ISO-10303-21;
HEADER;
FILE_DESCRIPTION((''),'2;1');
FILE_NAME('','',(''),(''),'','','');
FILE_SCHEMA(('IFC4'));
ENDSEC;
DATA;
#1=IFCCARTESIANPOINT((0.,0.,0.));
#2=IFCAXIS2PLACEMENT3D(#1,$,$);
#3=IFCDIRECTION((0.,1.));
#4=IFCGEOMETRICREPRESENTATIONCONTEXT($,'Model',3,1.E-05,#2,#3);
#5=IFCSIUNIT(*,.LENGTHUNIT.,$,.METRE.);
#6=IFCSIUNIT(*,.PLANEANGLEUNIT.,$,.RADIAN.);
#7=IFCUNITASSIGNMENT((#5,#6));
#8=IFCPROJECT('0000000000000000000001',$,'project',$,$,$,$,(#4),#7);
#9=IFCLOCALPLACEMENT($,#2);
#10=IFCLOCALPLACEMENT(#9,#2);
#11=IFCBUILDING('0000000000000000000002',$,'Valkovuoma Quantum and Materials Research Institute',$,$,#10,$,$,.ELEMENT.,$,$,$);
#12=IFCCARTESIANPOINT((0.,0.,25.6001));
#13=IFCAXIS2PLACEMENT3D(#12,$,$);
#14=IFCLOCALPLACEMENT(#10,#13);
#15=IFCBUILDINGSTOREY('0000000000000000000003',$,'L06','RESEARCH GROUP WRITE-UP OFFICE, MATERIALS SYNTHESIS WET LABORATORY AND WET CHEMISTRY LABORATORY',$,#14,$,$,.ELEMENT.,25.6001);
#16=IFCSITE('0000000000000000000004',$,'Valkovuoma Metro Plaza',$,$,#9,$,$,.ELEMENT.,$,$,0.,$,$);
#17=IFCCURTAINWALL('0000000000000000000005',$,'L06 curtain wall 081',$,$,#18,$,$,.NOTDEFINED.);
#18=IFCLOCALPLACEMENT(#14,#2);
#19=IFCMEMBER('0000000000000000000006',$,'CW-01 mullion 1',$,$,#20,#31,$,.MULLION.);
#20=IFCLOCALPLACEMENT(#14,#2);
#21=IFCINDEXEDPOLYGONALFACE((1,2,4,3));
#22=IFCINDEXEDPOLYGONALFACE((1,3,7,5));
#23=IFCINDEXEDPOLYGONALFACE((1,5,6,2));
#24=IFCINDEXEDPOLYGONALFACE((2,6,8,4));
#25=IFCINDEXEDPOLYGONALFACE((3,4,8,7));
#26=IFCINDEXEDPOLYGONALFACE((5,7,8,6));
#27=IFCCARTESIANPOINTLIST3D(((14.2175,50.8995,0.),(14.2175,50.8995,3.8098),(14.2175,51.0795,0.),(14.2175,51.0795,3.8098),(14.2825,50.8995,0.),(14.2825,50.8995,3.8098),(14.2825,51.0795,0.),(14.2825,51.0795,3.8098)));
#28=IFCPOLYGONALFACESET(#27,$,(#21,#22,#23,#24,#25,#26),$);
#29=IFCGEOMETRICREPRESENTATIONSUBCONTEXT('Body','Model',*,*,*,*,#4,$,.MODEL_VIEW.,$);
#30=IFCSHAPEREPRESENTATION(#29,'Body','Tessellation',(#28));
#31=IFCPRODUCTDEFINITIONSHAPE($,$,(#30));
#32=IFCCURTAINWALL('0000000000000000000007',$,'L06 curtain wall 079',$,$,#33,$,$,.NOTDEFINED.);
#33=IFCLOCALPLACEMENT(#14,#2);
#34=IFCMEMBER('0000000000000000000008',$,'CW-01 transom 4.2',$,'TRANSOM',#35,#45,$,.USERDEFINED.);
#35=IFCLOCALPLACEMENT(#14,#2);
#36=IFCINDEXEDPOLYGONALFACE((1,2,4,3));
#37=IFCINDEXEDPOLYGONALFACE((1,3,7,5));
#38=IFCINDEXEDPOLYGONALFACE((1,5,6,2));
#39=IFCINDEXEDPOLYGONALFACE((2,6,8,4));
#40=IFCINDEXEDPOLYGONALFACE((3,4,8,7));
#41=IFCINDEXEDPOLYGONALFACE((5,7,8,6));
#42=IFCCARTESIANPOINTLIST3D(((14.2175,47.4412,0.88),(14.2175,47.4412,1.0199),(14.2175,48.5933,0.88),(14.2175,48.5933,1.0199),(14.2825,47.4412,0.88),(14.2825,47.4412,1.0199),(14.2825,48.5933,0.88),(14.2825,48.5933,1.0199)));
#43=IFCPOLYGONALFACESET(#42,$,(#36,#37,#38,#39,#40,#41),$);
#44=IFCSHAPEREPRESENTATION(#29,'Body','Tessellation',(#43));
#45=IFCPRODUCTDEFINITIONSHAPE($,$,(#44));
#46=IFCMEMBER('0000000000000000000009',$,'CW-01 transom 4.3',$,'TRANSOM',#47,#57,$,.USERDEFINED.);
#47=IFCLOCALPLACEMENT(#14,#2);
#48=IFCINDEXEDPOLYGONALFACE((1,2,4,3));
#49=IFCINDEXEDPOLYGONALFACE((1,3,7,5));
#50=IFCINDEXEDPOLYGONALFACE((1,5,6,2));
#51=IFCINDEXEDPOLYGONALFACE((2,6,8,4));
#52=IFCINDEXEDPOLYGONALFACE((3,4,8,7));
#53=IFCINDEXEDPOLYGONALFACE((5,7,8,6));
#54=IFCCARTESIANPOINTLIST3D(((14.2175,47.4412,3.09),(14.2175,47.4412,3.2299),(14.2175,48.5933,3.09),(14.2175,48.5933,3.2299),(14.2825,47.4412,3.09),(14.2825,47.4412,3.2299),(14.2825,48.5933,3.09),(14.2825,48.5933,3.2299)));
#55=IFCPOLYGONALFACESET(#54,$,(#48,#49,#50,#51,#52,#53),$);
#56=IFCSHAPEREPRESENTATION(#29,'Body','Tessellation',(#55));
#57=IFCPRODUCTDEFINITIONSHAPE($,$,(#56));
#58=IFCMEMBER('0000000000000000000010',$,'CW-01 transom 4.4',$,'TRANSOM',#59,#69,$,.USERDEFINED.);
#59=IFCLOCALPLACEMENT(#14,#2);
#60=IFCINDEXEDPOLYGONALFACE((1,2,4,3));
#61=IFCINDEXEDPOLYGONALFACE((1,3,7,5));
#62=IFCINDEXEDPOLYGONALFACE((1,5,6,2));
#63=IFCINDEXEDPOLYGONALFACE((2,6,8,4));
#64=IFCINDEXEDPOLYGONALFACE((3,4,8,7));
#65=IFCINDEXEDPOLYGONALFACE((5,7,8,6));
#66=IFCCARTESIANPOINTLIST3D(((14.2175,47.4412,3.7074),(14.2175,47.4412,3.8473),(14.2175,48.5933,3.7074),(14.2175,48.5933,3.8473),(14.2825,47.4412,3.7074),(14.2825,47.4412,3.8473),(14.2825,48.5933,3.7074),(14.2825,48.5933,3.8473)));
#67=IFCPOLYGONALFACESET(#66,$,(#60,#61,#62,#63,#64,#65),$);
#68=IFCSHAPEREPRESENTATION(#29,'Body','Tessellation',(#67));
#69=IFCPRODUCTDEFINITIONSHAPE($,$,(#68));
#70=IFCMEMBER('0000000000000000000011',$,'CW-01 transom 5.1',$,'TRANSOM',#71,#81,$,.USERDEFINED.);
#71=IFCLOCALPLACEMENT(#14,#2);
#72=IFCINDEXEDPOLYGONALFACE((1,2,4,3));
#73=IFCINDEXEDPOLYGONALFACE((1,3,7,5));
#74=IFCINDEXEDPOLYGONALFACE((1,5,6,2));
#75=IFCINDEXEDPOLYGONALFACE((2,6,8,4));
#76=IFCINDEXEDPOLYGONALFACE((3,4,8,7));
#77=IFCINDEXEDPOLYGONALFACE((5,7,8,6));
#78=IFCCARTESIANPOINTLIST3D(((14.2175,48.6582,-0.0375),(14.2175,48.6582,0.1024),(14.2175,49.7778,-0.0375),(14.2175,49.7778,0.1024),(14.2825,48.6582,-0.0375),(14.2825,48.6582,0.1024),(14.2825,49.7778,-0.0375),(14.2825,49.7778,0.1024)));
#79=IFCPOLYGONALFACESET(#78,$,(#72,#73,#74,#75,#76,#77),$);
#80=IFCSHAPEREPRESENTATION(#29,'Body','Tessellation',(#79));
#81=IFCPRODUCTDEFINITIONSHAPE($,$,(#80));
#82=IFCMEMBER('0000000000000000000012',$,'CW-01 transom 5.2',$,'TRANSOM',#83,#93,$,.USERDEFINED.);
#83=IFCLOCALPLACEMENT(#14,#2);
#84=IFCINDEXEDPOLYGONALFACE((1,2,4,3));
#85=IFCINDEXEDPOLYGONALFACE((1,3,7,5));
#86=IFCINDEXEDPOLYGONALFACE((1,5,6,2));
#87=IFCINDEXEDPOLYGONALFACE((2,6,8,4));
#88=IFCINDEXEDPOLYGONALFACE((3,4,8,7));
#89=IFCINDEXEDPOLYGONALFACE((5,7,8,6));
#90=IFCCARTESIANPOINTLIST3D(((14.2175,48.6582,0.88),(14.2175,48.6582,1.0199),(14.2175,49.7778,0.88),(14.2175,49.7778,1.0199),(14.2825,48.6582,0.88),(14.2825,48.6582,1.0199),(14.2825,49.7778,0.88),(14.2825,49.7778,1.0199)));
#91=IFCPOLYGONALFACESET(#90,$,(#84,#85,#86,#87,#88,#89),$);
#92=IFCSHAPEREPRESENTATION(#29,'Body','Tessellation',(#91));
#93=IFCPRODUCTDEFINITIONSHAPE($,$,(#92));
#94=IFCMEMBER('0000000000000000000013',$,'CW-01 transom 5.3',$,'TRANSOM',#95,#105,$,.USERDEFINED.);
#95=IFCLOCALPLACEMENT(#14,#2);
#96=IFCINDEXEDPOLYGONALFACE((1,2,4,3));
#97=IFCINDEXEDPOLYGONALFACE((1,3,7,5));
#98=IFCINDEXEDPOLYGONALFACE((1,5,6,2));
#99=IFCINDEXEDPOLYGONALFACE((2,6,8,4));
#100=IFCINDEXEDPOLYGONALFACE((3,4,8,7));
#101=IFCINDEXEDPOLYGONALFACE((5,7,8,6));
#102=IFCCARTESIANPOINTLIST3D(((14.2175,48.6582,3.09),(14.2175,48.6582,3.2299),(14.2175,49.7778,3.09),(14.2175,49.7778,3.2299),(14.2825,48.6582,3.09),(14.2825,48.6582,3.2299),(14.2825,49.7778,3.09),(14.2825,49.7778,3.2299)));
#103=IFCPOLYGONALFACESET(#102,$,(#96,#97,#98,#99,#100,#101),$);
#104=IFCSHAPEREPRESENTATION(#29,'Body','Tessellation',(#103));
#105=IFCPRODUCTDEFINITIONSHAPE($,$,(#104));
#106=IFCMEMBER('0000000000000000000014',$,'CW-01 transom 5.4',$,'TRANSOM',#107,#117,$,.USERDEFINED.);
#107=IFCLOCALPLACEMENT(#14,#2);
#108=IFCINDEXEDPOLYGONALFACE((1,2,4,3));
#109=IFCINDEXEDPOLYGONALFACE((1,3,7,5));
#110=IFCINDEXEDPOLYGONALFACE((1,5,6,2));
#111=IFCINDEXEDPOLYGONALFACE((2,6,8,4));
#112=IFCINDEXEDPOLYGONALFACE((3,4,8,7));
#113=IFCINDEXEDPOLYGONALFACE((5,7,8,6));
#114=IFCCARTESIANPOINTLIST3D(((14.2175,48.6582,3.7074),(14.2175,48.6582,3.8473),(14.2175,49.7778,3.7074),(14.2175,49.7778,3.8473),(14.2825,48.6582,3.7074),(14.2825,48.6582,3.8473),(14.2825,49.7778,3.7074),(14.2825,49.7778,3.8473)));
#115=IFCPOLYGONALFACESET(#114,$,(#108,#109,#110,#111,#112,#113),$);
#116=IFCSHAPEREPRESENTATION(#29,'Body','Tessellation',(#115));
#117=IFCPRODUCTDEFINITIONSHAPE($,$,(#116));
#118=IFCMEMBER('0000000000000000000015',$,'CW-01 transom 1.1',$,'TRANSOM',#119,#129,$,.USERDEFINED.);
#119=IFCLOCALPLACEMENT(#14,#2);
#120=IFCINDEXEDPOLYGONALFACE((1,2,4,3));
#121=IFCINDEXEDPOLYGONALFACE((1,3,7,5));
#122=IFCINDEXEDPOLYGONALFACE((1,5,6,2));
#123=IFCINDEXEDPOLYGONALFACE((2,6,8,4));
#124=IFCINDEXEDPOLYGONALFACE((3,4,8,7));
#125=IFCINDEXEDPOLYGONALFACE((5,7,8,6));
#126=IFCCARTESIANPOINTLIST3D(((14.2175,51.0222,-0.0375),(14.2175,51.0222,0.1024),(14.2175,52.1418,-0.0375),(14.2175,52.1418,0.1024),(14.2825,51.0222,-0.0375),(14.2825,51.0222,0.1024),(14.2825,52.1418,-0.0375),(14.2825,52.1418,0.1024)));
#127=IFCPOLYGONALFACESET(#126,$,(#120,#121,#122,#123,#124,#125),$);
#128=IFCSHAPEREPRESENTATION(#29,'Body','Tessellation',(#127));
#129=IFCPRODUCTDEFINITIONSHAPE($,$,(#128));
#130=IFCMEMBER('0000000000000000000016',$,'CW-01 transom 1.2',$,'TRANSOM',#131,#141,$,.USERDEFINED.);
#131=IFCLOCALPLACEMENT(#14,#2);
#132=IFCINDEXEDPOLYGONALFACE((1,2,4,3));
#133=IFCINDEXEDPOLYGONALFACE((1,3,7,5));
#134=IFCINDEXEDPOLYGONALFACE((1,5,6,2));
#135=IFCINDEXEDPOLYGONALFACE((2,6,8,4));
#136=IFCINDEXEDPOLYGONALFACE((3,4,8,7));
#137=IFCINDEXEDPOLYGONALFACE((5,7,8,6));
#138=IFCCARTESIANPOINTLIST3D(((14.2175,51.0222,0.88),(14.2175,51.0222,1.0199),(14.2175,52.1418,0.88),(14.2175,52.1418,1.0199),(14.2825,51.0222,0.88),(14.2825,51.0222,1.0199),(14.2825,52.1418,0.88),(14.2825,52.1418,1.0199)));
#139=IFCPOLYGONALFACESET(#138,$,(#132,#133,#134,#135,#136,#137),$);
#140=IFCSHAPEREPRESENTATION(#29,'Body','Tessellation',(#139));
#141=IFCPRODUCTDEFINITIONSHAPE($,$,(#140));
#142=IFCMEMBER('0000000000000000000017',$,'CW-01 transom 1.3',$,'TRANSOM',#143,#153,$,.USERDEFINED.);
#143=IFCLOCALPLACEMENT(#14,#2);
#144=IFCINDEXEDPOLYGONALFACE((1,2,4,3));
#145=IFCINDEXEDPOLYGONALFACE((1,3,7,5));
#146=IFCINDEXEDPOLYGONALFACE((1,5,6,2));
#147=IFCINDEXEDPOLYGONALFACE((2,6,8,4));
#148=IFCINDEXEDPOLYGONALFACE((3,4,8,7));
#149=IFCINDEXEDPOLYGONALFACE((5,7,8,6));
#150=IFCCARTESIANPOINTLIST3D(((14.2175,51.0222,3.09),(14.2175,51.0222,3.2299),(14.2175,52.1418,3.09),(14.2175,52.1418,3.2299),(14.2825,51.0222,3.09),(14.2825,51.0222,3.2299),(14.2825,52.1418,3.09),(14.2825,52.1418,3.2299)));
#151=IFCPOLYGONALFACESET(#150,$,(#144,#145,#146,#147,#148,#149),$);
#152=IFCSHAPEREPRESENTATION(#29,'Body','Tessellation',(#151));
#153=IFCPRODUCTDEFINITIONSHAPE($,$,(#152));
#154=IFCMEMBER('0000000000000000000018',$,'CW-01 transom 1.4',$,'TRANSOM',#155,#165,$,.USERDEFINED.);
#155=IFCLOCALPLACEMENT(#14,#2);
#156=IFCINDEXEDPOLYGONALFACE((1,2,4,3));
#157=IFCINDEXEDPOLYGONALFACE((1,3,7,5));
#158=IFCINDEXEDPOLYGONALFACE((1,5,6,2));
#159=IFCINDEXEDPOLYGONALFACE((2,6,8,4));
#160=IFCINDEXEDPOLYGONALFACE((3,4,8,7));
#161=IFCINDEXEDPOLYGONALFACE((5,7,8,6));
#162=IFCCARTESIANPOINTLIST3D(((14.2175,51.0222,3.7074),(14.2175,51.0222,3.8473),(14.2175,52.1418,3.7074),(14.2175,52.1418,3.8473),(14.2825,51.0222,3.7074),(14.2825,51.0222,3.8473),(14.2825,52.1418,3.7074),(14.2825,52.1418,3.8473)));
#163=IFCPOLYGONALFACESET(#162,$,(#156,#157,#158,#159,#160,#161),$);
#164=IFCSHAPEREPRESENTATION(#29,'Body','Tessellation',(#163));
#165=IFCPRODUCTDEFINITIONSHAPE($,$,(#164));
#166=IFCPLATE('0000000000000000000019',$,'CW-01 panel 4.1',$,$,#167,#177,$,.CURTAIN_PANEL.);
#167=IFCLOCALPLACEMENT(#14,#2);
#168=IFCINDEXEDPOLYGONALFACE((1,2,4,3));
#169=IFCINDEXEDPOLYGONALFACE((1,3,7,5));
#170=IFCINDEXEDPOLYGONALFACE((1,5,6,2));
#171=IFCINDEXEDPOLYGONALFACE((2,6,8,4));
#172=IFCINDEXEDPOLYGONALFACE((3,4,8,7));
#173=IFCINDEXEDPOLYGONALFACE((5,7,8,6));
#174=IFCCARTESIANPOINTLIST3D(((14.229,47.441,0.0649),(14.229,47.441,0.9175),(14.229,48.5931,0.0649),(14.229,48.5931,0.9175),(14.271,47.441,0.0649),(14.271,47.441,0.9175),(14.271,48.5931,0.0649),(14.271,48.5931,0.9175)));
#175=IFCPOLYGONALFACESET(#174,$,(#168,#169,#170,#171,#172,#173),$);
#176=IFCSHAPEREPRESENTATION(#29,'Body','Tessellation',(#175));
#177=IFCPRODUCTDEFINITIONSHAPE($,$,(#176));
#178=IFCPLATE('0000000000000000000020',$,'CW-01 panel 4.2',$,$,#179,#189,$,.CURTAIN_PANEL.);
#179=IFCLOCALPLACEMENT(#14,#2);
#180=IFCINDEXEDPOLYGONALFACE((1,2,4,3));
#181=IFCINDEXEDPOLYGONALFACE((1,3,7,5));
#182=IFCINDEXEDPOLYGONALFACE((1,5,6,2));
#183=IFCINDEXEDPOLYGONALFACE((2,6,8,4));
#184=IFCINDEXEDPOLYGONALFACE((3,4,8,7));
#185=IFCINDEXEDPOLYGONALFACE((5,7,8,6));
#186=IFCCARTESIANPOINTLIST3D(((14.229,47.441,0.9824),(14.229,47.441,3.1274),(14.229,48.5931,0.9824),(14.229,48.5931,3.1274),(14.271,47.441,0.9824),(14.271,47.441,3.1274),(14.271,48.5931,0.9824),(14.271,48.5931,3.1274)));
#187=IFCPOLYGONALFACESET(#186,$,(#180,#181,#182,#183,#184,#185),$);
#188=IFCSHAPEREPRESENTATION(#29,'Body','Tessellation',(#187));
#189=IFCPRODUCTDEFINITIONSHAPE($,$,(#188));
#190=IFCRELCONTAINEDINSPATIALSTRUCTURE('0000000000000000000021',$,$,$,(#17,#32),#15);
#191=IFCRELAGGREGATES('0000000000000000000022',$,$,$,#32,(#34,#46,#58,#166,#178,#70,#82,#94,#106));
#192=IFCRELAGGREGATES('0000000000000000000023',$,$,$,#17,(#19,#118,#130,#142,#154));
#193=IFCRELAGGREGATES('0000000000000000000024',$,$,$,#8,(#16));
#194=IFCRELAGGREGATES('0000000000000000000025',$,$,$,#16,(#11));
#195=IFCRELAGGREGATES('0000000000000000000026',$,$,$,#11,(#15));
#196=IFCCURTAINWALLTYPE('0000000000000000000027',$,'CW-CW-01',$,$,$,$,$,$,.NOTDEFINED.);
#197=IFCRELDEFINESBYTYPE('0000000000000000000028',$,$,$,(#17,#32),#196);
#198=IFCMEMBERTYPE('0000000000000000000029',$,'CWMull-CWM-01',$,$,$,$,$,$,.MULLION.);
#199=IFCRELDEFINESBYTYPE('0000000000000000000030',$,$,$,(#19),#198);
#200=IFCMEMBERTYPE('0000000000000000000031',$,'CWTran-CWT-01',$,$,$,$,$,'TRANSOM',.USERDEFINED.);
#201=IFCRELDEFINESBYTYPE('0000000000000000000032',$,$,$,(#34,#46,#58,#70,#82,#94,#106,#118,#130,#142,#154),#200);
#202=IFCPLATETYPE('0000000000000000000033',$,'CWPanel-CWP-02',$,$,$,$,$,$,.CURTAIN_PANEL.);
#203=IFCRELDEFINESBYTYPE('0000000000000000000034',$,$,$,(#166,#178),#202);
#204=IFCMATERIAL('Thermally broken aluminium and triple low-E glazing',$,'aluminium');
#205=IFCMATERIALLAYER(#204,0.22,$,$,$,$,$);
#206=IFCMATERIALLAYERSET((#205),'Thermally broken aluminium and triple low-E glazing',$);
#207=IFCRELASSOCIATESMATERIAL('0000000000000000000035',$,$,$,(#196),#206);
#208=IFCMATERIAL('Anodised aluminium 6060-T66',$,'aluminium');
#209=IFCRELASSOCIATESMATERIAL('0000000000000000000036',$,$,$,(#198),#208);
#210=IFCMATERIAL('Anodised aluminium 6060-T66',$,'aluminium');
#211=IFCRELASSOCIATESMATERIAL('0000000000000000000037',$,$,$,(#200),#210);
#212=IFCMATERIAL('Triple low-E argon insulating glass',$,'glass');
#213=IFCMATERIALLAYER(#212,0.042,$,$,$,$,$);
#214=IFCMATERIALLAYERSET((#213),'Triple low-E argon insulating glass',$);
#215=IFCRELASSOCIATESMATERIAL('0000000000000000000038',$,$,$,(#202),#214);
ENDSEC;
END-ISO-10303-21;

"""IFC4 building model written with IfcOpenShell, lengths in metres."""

from ifc_helpers import new_model, si_unit, direction, frame, origin, origin_2d, place, context, subcontext, project, spatial, rectangle, extrude, material, layer, layer_set, material_profile, profile_set, type_object, element, aggregate, save


model = new_model("IFC4")

# Units and contexts
model_context = context("Model", 3, precision=1e-05, world=origin(), true_north=direction((0.0, 1.0)))
body_context = subcontext(model_context, "Body", "Model", "MODEL_VIEW")
ifc_project = project(units=[si_unit("LENGTHUNIT", "METRE"), si_unit("PLANEANGLEUNIT", "RADIAN")], contexts=[model_context])

# Site, building, storey
site_placement = place(None, origin())
site = spatial("IfcSite", under=ifc_project, at=site_placement, Name="Valkovuoma Metro Plaza", CompositionType="ELEMENT", RefElevation=0.0)
building_placement = place(site_placement, origin())
building = spatial("IfcBuilding", under=site, at=building_placement, Name="Valkovuoma Quantum and Materials Research Institute", CompositionType="ELEMENT")
storey_placement = place(building_placement, frame((0.0, 0.0, 25.6001)))
storey = spatial("IfcBuildingStorey", under=building, at=storey_placement, Name="L06", Description="RESEARCH GROUP WRITE-UP OFFICE, MATERIALS SYNTHESIS WET LABORATORY AND WET CHEMISTRY LABORATORY", CompositionType="ELEMENT", Elevation=25.6001)

# Curtain wall, member
ifc_material_1 = material(Name="Thermally broken aluminium and triple low-E glazing", Category="aluminium")
ifc_layer_1 = layer(ifc_material_1, 0.22)
ifc_layer_set_1 = layer_set([ifc_layer_1], Name="Thermally broken aluminium and triple low-E glazing")
curtain_wall_type = type_object("IfcCurtainWallType", Name="CW-CW-01", PredefinedType="NOTDEFINED", material=ifc_layer_set_1)
curtain_wall_1_placement = place(storey_placement, origin())
curtain_wall_1 = element("IfcCurtainWall", 1, at=curtain_wall_1_placement, inside=storey, type_object=curtain_wall_type, Name="L06 curtain wall 081", PredefinedType="NOTDEFINED")
ifc_material_2 = material(Name="Anodised aluminium 6060-T66", Category="aluminium")
ifc_material_profile_1 = material_profile(ifc_material_2, rectangle(XDim=0.0649, YDim=0.1799, at=origin_2d()), Name="Anodised aluminium 6060-T66")
ifc_profile_set_1 = profile_set([ifc_material_profile_1], Name="Anodised aluminium 6060-T66")
member_type_1 = type_object("IfcMemberType", Name="CWMull-CWM-01", PredefinedType="MULLION", material=ifc_profile_set_1)
member_1_placement = place(storey_placement, frame((14.25, 50.9895, 0.0), z_axis=(0.0, 0.0, 1.0), x_axis=(-1.0, 0.0, 0.0)))
member_1 = element("IfcMember", 2, at=member_1_placement, type_object=member_type_1, Name="CW-01 mullion 1", PredefinedType="MULLION", context=body_context, shape_type="SweptSolid", body=[
    extrude(rectangle(XDim=0.0649, YDim=0.1799, at=origin_2d()), origin(), (0.0, 0.0, 1.0), 3.8098),
])

# Curtain wall, members
curtain_wall_2_placement = place(storey_placement, origin())
curtain_wall_2 = element("IfcCurtainWall", 3, at=curtain_wall_2_placement, inside=storey, type_object=curtain_wall_type, Name="L06 curtain wall 079", PredefinedType="NOTDEFINED")
ifc_material_3 = material(Name="Anodised aluminium 6060-T66", Category="aluminium")
ifc_material_profile_2 = material_profile(ifc_material_3, rectangle(XDim=0.0649, YDim=0.1399, at=origin_2d()), Name="Anodised aluminium 6060-T66")
ifc_profile_set_2 = profile_set([ifc_material_profile_2], Name="Anodised aluminium 6060-T66")
member_type_2 = type_object("IfcMemberType", Name="CWTran-CWT-01", ElementType="TRANSOM", PredefinedType="USERDEFINED", material=ifc_profile_set_2)
member_2_placement = place(storey_placement, frame((14.25, 47.4412, 0.95), z_axis=(0.0, 1.0, 0.0), x_axis=(-1.0, 0.0, 0.0)))
member_2 = element("IfcMember", 4, at=member_2_placement, type_object=member_type_2, Name="CW-01 transom 4.2", ObjectType="TRANSOM", PredefinedType="USERDEFINED", context=body_context, shape_type="SweptSolid", body=[
    extrude(rectangle(XDim=0.0649, YDim=0.1399, at=origin_2d()), origin(), (0.0, 0.0, 1.0), 1.1521),
])
member_3_placement = place(storey_placement, frame((14.25, 47.4412, 3.1599), z_axis=(0.0, 1.0, 0.0), x_axis=(-1.0, 0.0, 0.0)))
member_3 = element("IfcMember", 5, at=member_3_placement, type_object=member_type_2, Name="CW-01 transom 4.3", ObjectType="TRANSOM", PredefinedType="USERDEFINED", context=body_context, shape_type="SweptSolid", body=[
    extrude(rectangle(XDim=0.0649, YDim=0.1399, at=origin_2d()), origin(), (0.0, 0.0, 1.0), 1.1521),
])
member_4_placement = place(storey_placement, frame((14.25, 47.4412, 3.7773), z_axis=(0.0, 1.0, 0.0), x_axis=(-1.0, 0.0, 0.0)))
member_4 = element("IfcMember", 6, at=member_4_placement, type_object=member_type_2, Name="CW-01 transom 4.4", ObjectType="TRANSOM", PredefinedType="USERDEFINED", context=body_context, shape_type="SweptSolid", body=[
    extrude(rectangle(XDim=0.0649, YDim=0.1399, at=origin_2d()), origin(), (0.0, 0.0, 1.0), 1.1521),
])
member_5_placement = place(storey_placement, frame((14.25, 48.6582, 0.0325), z_axis=(0.0, 1.0, 0.0), x_axis=(-1.0, 0.0, 0.0)))
member_5 = element("IfcMember", 7, at=member_5_placement, type_object=member_type_2, Name="CW-01 transom 5.1", ObjectType="TRANSOM", PredefinedType="USERDEFINED", context=body_context, shape_type="SweptSolid", body=[
    extrude(rectangle(XDim=0.0649, YDim=0.1399, at=origin_2d()), origin(), (0.0, 0.0, 1.0), 1.1196),
])
member_6_placement = place(storey_placement, frame((14.25, 48.6582, 0.95), z_axis=(0.0, 1.0, 0.0), x_axis=(-1.0, 0.0, 0.0)))
member_6 = element("IfcMember", 8, at=member_6_placement, type_object=member_type_2, Name="CW-01 transom 5.2", ObjectType="TRANSOM", PredefinedType="USERDEFINED", context=body_context, shape_type="SweptSolid", body=[
    extrude(rectangle(XDim=0.0649, YDim=0.1399, at=origin_2d()), origin(), (0.0, 0.0, 1.0), 1.1196),
])
member_7_placement = place(storey_placement, frame((14.25, 48.6582, 3.1599), z_axis=(0.0, 1.0, 0.0), x_axis=(-1.0, 0.0, 0.0)))
member_7 = element("IfcMember", 9, at=member_7_placement, type_object=member_type_2, Name="CW-01 transom 5.3", ObjectType="TRANSOM", PredefinedType="USERDEFINED", context=body_context, shape_type="SweptSolid", body=[
    extrude(rectangle(XDim=0.0649, YDim=0.1399, at=origin_2d()), origin(), (0.0, 0.0, 1.0), 1.1196),
])
member_8_placement = place(storey_placement, frame((14.25, 48.6582, 3.7773), z_axis=(0.0, 1.0, 0.0), x_axis=(-1.0, 0.0, 0.0)))
member_8 = element("IfcMember", 10, at=member_8_placement, type_object=member_type_2, Name="CW-01 transom 5.4", ObjectType="TRANSOM", PredefinedType="USERDEFINED", context=body_context, shape_type="SweptSolid", body=[
    extrude(rectangle(XDim=0.0649, YDim=0.1399, at=origin_2d()), origin(), (0.0, 0.0, 1.0), 1.1196),
])

# Members
member_9_placement = place(storey_placement, frame((14.25, 51.0222, 0.0325), z_axis=(0.0, 1.0, 0.0), x_axis=(-1.0, 0.0, 0.0)))
member_9 = element("IfcMember", 11, at=member_9_placement, type_object=member_type_2, Name="CW-01 transom 1.1", ObjectType="TRANSOM", PredefinedType="USERDEFINED", context=body_context, shape_type="SweptSolid", body=[
    extrude(rectangle(XDim=0.0649, YDim=0.1399, at=origin_2d()), origin(), (0.0, 0.0, 1.0), 1.1196),
])
member_10_placement = place(storey_placement, frame((14.25, 51.0222, 0.95), z_axis=(0.0, 1.0, 0.0), x_axis=(-1.0, 0.0, 0.0)))
member_10 = element("IfcMember", 12, at=member_10_placement, type_object=member_type_2, Name="CW-01 transom 1.2", ObjectType="TRANSOM", PredefinedType="USERDEFINED", context=body_context, shape_type="SweptSolid", body=[
    extrude(rectangle(XDim=0.0649, YDim=0.1399, at=origin_2d()), origin(), (0.0, 0.0, 1.0), 1.1196),
])
member_11_placement = place(storey_placement, frame((14.25, 51.0222, 3.1599), z_axis=(0.0, 1.0, 0.0), x_axis=(-1.0, 0.0, 0.0)))
member_11 = element("IfcMember", 13, at=member_11_placement, type_object=member_type_2, Name="CW-01 transom 1.3", ObjectType="TRANSOM", PredefinedType="USERDEFINED", context=body_context, shape_type="SweptSolid", body=[
    extrude(rectangle(XDim=0.0649, YDim=0.1399, at=origin_2d()), origin(), (0.0, 0.0, 1.0), 1.1196),
])
member_12_placement = place(storey_placement, frame((14.25, 51.0222, 3.7773), z_axis=(0.0, 1.0, 0.0), x_axis=(-1.0, 0.0, 0.0)))
member_12 = element("IfcMember", 14, at=member_12_placement, type_object=member_type_2, Name="CW-01 transom 1.4", ObjectType="TRANSOM", PredefinedType="USERDEFINED", context=body_context, shape_type="SweptSolid", body=[
    extrude(rectangle(XDim=0.0649, YDim=0.1399, at=origin_2d()), origin(), (0.0, 0.0, 1.0), 1.1196),
])

# Plates
ifc_material_4 = material(Name="Triple low-E argon insulating glass", Category="glass")
ifc_layer_2 = layer(ifc_material_4, 0.042)
ifc_layer_set_2 = layer_set([ifc_layer_2], Name="Triple low-E argon insulating glass")
plate_type = type_object("IfcPlateType", Name="CWPanel-CWP-02", PredefinedType="CURTAIN_PANEL", material=ifc_layer_set_2)
plate_1_placement = place(storey_placement, frame((14.25, 48.0171, 0.0649), z_axis=(0.0, 0.0, 1.0), x_axis=(0.0, 1.0, 0.0)))
plate_1 = element("IfcPlate", 15, at=plate_1_placement, type_object=plate_type, Name="CW-01 panel 4.1", PredefinedType="CURTAIN_PANEL", context=body_context, shape_type="SweptSolid", body=[
    extrude(rectangle(XDim=1.1521, YDim=0.042, at=origin_2d()), origin(), (0.0, 0.0, 1.0), 0.8525),
])
plate_2_placement = place(storey_placement, frame((14.25, 48.0171, 0.9824), z_axis=(0.0, 0.0, 1.0), x_axis=(0.0, 1.0, 0.0)))
plate_2 = element("IfcPlate", 16, at=plate_2_placement, type_object=plate_type, Name="CW-01 panel 4.2", PredefinedType="CURTAIN_PANEL", context=body_context, shape_type="SweptSolid", body=[
    extrude(rectangle(XDim=1.1521, YDim=0.042, at=origin_2d()), origin(), (0.0, 0.0, 1.0), 2.145),
])
aggregate(curtain_wall_2, [member_2, member_3, member_4, plate_1, plate_2, member_5, member_6, member_7, member_8])
aggregate(curtain_wall_1, [member_1, member_9, member_10, member_11, member_12])

save(model, "model.ifc")
